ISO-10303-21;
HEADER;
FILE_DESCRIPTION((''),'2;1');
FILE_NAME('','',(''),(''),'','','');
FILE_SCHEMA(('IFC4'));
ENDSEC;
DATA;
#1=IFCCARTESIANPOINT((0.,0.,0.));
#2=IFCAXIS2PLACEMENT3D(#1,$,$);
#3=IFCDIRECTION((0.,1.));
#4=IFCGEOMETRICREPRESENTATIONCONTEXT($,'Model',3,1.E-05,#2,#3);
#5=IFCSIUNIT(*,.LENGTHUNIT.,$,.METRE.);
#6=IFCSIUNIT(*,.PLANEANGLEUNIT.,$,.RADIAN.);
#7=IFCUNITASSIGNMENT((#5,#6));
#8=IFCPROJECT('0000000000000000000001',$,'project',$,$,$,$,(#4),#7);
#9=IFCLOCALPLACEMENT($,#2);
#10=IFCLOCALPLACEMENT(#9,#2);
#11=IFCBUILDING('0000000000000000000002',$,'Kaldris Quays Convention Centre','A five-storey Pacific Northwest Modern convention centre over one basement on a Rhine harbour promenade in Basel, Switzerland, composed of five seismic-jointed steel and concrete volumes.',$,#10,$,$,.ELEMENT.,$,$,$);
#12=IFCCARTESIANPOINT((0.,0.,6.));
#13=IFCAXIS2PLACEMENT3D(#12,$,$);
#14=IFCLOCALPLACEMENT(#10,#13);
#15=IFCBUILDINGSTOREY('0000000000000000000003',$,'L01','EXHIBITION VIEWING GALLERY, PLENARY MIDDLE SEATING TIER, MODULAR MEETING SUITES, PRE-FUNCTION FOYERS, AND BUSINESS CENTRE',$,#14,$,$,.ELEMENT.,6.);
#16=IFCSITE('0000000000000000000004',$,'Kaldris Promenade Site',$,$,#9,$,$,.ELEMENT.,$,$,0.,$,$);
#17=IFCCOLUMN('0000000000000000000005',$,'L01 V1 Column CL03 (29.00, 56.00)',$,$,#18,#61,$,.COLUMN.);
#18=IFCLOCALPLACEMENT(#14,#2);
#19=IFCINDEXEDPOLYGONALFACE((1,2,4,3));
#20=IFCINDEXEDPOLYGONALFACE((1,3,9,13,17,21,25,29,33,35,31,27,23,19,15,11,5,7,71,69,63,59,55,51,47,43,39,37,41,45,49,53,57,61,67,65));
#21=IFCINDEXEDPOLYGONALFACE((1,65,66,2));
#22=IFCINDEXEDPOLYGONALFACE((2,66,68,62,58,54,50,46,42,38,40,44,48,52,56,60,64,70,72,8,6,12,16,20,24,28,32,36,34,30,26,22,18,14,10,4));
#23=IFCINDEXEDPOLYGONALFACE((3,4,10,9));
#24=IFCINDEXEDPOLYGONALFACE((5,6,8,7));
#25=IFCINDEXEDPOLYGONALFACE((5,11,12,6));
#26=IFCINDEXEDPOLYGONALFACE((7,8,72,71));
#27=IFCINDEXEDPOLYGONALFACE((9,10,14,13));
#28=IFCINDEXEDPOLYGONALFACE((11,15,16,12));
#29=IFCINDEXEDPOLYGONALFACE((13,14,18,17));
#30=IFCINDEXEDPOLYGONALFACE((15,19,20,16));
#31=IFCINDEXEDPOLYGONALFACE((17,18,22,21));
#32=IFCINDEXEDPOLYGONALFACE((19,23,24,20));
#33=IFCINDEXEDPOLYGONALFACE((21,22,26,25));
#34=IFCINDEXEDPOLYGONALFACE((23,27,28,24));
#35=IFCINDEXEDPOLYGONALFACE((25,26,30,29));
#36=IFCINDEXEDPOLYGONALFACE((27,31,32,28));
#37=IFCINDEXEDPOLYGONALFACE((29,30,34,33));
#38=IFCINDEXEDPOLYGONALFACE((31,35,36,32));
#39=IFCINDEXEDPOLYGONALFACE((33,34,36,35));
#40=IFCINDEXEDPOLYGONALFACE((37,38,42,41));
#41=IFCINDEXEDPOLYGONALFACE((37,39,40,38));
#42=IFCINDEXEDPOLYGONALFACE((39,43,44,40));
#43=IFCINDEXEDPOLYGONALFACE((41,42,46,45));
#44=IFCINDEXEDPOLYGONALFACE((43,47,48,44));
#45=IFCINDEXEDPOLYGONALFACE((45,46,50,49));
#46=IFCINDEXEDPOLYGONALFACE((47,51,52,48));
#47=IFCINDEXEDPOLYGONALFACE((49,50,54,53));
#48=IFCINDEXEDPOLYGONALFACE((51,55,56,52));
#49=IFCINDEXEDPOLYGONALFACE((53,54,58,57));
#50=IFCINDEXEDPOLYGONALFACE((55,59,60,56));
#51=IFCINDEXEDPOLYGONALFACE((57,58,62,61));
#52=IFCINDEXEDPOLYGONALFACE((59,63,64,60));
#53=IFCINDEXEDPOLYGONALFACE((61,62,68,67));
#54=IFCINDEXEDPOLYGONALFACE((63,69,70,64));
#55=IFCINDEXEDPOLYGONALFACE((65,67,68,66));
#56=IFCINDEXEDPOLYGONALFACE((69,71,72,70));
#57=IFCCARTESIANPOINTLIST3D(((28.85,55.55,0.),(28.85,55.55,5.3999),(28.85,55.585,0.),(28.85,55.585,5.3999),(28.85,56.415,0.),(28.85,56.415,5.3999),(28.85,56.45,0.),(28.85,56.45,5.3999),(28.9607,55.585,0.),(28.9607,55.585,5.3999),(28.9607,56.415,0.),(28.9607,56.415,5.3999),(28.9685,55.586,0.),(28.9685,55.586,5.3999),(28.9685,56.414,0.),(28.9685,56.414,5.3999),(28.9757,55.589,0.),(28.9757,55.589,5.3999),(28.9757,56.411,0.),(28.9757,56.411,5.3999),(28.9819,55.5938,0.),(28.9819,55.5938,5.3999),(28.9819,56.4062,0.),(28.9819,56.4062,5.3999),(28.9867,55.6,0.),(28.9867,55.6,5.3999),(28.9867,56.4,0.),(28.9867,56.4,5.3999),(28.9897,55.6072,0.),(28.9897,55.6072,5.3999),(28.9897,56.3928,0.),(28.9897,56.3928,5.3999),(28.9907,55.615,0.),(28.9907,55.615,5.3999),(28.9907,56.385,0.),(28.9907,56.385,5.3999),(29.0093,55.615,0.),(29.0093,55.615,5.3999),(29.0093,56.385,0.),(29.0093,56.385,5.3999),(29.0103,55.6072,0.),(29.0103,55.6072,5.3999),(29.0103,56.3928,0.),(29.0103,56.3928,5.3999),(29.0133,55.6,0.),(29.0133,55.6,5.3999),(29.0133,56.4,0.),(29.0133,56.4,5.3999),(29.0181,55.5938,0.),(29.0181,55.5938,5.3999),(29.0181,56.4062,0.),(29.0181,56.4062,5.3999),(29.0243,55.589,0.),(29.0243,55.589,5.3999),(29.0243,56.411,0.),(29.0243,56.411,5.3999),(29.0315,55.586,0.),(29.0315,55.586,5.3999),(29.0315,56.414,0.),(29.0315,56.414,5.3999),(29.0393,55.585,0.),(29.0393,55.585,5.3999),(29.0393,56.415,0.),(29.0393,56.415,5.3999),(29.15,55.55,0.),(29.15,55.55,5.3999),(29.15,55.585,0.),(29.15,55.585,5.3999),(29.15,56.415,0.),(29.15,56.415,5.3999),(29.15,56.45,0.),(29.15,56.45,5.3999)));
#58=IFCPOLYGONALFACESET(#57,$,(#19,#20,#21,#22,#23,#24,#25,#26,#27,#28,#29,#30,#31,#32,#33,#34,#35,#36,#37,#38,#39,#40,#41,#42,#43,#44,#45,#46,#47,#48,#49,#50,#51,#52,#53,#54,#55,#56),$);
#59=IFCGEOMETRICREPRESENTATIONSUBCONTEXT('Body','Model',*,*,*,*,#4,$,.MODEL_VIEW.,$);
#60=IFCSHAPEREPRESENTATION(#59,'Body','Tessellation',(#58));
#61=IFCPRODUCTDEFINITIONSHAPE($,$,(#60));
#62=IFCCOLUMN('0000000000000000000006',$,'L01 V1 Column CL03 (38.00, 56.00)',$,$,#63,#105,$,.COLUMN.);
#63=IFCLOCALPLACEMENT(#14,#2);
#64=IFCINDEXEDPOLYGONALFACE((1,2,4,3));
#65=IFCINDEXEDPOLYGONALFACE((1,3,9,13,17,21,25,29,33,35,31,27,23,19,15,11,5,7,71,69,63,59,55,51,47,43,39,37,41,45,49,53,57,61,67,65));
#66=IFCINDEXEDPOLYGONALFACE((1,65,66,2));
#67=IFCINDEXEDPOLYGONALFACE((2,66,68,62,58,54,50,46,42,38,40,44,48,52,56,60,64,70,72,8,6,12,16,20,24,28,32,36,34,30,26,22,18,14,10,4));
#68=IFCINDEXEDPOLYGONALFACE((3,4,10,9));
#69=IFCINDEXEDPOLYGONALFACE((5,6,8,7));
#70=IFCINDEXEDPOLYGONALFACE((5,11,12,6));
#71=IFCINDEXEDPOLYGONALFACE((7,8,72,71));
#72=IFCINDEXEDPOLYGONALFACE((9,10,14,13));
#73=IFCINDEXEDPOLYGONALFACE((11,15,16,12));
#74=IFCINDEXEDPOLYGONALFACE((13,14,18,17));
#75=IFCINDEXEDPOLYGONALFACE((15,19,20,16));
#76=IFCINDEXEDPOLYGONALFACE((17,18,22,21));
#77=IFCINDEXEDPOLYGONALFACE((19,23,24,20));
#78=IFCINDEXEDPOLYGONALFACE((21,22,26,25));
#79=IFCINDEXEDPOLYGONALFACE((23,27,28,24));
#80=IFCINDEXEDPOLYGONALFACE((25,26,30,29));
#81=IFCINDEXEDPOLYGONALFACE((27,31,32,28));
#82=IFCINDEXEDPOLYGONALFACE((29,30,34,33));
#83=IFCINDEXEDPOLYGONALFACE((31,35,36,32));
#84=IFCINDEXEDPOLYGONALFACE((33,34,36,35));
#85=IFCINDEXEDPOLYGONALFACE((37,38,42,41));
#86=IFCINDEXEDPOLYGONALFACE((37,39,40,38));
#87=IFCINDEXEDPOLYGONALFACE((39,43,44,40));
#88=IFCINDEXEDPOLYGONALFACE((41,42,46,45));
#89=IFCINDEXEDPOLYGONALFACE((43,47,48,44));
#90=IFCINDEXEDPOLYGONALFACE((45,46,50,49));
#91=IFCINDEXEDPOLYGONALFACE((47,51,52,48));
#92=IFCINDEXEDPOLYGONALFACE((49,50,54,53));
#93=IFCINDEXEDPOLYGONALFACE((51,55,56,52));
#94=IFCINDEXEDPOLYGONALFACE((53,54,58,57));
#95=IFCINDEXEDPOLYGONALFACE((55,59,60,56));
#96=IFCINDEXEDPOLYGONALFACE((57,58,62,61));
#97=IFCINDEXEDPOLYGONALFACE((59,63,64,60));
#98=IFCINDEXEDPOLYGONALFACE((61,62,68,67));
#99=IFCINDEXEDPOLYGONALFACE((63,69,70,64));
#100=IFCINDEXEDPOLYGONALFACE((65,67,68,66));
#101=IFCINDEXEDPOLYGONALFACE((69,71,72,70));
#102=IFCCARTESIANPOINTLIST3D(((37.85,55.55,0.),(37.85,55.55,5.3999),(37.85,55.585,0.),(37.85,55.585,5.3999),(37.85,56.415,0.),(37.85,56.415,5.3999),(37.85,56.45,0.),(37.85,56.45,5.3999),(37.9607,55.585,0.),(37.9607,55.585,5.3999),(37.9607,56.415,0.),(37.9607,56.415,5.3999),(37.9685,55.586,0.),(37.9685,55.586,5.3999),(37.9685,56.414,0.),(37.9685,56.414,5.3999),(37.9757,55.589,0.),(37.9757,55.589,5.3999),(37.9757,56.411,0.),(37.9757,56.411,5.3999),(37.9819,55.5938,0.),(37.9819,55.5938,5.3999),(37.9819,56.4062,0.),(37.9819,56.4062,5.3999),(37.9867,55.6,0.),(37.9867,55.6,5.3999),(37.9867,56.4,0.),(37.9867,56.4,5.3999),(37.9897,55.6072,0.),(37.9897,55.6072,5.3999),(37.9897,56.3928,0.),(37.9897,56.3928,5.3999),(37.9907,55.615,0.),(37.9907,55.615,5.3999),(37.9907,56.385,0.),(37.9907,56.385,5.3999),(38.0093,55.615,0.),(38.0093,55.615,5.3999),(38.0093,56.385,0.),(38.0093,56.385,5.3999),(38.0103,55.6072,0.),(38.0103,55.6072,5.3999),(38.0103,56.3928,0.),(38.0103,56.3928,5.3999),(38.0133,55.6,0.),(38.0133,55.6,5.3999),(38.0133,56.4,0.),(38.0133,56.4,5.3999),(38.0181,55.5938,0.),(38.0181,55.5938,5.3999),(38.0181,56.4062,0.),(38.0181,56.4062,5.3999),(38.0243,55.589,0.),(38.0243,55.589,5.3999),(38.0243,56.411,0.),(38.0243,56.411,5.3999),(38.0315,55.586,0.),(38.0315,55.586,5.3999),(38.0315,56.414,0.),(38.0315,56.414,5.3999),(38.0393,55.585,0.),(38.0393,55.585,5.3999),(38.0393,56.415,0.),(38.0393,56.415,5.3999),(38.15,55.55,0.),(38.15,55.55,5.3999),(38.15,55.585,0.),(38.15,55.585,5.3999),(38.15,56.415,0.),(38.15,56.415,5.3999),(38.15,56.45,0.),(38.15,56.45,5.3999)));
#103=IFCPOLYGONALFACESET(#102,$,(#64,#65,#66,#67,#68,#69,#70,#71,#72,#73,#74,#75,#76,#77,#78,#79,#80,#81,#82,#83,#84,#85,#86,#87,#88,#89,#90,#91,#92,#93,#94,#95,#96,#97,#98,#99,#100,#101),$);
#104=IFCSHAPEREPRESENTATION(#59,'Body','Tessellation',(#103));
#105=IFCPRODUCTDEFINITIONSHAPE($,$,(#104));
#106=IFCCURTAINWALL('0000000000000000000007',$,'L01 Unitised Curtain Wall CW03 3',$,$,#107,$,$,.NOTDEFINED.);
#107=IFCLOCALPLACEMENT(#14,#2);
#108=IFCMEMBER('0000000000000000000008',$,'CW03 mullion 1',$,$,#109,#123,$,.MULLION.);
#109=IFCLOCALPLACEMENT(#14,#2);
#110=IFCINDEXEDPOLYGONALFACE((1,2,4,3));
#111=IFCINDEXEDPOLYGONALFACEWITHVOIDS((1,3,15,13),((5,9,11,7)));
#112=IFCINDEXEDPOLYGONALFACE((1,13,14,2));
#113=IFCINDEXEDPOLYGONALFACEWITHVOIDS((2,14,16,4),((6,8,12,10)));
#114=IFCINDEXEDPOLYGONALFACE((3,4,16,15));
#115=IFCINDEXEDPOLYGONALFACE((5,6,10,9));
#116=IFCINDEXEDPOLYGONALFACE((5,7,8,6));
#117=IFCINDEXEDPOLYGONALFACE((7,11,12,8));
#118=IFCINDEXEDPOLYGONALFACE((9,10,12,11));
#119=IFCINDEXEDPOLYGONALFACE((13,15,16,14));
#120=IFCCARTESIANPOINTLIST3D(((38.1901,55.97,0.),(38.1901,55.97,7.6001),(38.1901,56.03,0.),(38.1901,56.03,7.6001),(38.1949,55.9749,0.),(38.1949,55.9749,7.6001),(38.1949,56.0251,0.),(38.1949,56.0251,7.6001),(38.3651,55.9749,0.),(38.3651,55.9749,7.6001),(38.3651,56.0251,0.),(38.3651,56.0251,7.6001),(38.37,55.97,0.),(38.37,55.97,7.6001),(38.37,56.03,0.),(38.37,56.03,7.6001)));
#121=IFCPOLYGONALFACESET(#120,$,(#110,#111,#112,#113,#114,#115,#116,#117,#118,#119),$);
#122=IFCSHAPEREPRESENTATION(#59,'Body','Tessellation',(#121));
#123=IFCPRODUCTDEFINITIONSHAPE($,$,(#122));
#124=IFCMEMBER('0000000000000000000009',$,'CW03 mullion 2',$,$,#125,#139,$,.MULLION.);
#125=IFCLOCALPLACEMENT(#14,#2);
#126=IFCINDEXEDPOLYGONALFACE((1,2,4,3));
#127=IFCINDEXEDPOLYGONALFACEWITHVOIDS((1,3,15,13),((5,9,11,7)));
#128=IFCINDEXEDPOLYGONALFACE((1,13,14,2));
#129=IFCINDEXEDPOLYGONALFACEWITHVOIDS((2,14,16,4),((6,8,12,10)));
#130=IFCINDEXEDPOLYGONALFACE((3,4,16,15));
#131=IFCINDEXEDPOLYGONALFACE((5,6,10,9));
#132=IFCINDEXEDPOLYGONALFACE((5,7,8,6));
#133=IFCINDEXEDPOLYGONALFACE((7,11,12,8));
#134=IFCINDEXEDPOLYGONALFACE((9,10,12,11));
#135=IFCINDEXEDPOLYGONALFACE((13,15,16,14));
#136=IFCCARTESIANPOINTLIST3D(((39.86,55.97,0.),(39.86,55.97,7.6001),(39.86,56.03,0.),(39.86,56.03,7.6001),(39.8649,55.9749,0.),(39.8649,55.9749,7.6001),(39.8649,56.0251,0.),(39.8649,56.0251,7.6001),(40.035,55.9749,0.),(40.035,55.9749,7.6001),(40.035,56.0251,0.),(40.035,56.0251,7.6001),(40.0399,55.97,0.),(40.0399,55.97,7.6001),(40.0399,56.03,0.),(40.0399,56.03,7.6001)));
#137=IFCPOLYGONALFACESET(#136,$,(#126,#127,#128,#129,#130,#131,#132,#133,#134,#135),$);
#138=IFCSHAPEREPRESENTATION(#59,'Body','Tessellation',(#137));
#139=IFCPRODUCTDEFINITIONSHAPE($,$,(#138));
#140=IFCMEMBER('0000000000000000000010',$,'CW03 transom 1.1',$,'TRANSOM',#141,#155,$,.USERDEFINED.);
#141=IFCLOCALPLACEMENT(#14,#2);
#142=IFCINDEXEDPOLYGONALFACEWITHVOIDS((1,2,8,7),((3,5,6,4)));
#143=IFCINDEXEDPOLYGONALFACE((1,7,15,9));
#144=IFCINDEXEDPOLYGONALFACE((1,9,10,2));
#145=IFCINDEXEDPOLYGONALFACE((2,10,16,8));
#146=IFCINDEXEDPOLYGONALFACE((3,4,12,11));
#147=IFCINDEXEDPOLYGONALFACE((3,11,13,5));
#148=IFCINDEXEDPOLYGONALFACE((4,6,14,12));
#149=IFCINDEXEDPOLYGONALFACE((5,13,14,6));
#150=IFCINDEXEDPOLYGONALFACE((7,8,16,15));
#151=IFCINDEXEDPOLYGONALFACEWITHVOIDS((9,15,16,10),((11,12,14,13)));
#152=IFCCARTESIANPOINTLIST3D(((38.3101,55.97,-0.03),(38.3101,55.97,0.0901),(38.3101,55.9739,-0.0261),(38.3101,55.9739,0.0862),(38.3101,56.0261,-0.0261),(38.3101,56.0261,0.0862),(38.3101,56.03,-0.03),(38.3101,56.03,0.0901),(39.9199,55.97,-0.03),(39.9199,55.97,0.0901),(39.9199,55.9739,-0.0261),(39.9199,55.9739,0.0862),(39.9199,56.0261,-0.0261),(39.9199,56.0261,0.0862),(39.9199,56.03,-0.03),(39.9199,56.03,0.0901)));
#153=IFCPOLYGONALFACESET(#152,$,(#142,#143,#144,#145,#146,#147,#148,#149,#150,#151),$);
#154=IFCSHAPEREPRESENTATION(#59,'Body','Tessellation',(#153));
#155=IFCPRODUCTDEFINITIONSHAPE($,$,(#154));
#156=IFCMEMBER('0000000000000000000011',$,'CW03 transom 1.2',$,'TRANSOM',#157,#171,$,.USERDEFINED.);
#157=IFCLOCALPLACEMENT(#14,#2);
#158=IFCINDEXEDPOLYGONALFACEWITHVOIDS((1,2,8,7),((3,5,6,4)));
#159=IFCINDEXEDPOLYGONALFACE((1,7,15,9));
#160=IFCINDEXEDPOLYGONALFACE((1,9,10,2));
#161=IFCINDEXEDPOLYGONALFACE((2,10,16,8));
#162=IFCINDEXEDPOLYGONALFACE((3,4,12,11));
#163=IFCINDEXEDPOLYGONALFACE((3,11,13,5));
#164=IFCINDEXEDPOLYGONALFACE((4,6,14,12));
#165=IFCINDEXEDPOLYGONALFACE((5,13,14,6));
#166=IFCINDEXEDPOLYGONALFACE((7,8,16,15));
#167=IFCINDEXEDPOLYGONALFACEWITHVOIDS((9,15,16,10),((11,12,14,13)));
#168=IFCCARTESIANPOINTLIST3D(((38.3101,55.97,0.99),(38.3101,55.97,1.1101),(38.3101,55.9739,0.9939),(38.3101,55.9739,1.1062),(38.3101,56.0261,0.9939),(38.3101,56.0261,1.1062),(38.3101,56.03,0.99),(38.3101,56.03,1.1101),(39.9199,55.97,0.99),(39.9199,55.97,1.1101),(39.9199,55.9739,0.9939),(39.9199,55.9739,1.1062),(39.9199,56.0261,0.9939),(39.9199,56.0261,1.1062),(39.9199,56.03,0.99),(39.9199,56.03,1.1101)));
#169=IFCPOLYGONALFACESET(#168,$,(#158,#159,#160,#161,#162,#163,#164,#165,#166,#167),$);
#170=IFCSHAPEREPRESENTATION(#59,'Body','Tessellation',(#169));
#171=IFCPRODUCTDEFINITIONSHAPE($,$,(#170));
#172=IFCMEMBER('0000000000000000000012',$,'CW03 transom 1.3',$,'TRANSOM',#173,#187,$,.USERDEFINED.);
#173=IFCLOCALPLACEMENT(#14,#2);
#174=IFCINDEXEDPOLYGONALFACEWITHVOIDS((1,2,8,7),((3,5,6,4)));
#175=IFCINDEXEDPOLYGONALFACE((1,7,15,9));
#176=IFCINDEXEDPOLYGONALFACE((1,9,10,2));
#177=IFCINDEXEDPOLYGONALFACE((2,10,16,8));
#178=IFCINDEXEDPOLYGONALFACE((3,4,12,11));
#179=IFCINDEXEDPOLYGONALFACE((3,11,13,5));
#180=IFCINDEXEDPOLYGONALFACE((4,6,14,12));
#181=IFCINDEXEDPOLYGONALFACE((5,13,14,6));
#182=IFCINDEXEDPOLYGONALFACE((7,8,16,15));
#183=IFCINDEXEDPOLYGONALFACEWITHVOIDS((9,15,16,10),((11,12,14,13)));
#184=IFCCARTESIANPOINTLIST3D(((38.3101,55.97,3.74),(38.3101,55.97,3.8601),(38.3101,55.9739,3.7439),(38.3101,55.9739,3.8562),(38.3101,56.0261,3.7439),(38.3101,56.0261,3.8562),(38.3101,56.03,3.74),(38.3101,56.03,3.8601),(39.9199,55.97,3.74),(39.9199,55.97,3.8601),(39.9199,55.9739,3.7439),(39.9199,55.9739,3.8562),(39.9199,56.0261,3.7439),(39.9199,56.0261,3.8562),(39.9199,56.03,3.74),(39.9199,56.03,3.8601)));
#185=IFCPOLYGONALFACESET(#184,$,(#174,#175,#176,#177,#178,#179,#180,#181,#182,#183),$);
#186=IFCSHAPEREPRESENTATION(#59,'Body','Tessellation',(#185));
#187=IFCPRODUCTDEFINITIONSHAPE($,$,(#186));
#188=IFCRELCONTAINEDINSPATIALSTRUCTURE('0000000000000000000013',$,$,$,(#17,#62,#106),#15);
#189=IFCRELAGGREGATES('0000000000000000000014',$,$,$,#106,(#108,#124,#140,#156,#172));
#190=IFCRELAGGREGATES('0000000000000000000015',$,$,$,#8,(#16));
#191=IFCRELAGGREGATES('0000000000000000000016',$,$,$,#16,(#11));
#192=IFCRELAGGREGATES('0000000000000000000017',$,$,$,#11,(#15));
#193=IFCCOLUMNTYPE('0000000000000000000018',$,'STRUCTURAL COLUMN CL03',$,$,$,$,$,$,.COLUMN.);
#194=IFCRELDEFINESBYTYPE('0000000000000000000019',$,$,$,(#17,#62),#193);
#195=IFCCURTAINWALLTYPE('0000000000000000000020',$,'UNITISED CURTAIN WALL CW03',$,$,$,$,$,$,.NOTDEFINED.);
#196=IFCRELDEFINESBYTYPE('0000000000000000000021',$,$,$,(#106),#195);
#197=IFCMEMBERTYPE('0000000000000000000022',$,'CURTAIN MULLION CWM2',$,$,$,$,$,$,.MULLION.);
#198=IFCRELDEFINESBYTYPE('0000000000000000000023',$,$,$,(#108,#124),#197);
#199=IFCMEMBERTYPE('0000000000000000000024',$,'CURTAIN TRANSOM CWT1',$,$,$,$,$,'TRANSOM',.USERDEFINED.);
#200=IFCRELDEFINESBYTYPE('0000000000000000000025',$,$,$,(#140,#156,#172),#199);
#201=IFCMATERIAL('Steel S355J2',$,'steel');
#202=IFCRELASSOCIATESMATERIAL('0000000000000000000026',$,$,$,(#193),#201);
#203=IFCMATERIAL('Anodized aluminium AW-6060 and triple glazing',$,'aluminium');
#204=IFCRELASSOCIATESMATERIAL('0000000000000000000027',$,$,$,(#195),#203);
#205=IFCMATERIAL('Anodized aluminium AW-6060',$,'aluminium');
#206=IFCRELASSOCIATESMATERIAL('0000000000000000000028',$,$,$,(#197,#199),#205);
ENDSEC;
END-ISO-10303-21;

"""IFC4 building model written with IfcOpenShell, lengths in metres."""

from ifc_helpers import new_model, si_unit, direction, frame, origin, origin_2d, place, context, subcontext, project, spatial, hollow_rectangle, i_section, extrude, material, material_profile, profile_set, type_object, element, aggregate, save


model = new_model("IFC4")

# Units and contexts
model_context = context("Model", 3, precision=1e-05, world=origin(), true_north=direction((0.0, 1.0)))
body_context = subcontext(model_context, "Body", "Model", "MODEL_VIEW")
ifc_project = project(units=[si_unit("LENGTHUNIT", "METRE"), si_unit("PLANEANGLEUNIT", "RADIAN")], contexts=[model_context])

# Site, building, storey
site_placement = place(None, origin())
site = spatial("IfcSite", under=ifc_project, at=site_placement, Name="Kaldris Promenade Site", CompositionType="ELEMENT", RefElevation=0.0)
building_placement = place(site_placement, origin())
building = spatial("IfcBuilding", under=site, at=building_placement, Name="Kaldris Quays Convention Centre", Description="A five-storey Pacific Northwest Modern convention centre over one basement on a Rhine harbour promenade in Basel, Switzerland, composed of five seismic-jointed steel and concrete volumes.", CompositionType="ELEMENT")
storey_placement = place(building_placement, frame((0.0, 0.0, 6.0)))
storey = spatial("IfcBuildingStorey", under=building, at=storey_placement, Name="L01", Description="EXHIBITION VIEWING GALLERY, PLENARY MIDDLE SEATING TIER, MODULAR MEETING SUITES, PRE-FUNCTION FOYERS, AND BUSINESS CENTRE", CompositionType="ELEMENT", Elevation=6.0)

# Columns
ifc_material_1 = material(Name="Steel S355J2", Category="steel")
ifc_material_profile_1 = material_profile(ifc_material_1, i_section(OverallWidth=0.3, OverallDepth=0.8999, WebThickness=0.0186, FlangeThickness=0.0349, FilletRadius=0.03, at=origin_2d()), Name="HEB 900")
ifc_profile_set_1 = profile_set([ifc_material_profile_1], Name="Steel S355J2")
column_type = type_object("IfcColumnType", Name="STRUCTURAL COLUMN CL03", PredefinedType="COLUMN", material=ifc_profile_set_1)
for number, where, z_axis, x_axis, name in (
    (1, (29.0, 56.0, 0.0), (0.0, 0.0, 1.0), (1.0, 0.0, 0.0), "L01 V1 Column CL03 (29.00, 56.00)"),
    (2, (38.0, 56.0, 0.0), (0.0, 0.0, 1.0), (1.0, 0.0, 0.0), "L01 V1 Column CL03 (38.00, 56.00)"),
):
    element("IfcColumn", number, at=place(storey_placement, frame(where, z_axis=z_axis, x_axis=x_axis)), inside=storey, type_object=column_type, Name=name, PredefinedType="COLUMN", context=body_context, shape_type="SweptSolid", body=[
        extrude(i_section(OverallWidth=0.3, OverallDepth=0.8999, WebThickness=0.0186, FlangeThickness=0.0349, FilletRadius=0.03, at=origin_2d()), origin(), (0.0, 0.0, 1.0), 5.3999),
    ])

# Curtain wall, members
ifc_material_2 = material(Name="Anodized aluminium AW-6060 and triple glazing", Category="aluminium")
curtain_wall_type = type_object("IfcCurtainWallType", Name="UNITISED CURTAIN WALL CW03", PredefinedType="NOTDEFINED", material=ifc_material_2)
curtain_wall_placement = place(storey_placement, origin())
curtain_wall = element("IfcCurtainWall", 3, at=curtain_wall_placement, inside=storey, type_object=curtain_wall_type, Name="L01 Unitised Curtain Wall CW03 3", PredefinedType="NOTDEFINED")
ifc_material_3 = material(Name="Anodized aluminium AW-6060", Category="aluminium")
ifc_material_profile_2 = material_profile(ifc_material_3, hollow_rectangle(XDim=0.0601, YDim=0.1799, WallThickness=0.0049, at=origin_2d()), Name="RHS 180x60x5")
ifc_profile_set_2 = profile_set([ifc_material_profile_2], Name="Anodized aluminium AW-6060")
member_type_1 = type_object("IfcMemberType", Name="CURTAIN MULLION CWM2", PredefinedType="MULLION", material=ifc_profile_set_2)
member_1_placement = place(storey_placement, frame((38.28, 56.0, 0.0), z_axis=(0.0, 0.0, 1.0), x_axis=(0.0, 1.0, 0.0)))
member_1 = element("IfcMember", 4, at=member_1_placement, type_object=member_type_1, Name="CW03 mullion 1", PredefinedType="MULLION", context=body_context, shape_type="SweptSolid", body=[
    extrude(hollow_rectangle(XDim=0.0601, YDim=0.1799, WallThickness=0.0049, at=origin_2d()), origin(), (0.0, 0.0, 1.0), 7.6001),
])
member_2_placement = place(storey_placement, frame((39.95, 56.0, 0.0), z_axis=(0.0, 0.0, 1.0), x_axis=(0.0, 1.0, 0.0)))
member_2 = element("IfcMember", 5, at=member_2_placement, type_object=member_type_1, Name="CW03 mullion 2", PredefinedType="MULLION", context=body_context, shape_type="SweptSolid", body=[
    extrude(hollow_rectangle(XDim=0.0601, YDim=0.1799, WallThickness=0.0049, at=origin_2d()), origin(), (0.0, 0.0, 1.0), 7.6001),
])
ifc_material_profile_3 = material_profile(ifc_material_3, hollow_rectangle(XDim=0.0601, YDim=0.1201, WallThickness=0.0039, at=origin_2d()), Name="RHS 120x60x4")
ifc_profile_set_3 = profile_set([ifc_material_profile_3], Name="Anodized aluminium AW-6060")
member_type_2 = type_object("IfcMemberType", Name="CURTAIN TRANSOM CWT1", ElementType="TRANSOM", PredefinedType="USERDEFINED", material=ifc_profile_set_3)
member_3_placement = place(storey_placement, frame((38.3101, 56.0, 0.03), z_axis=(1.0, 0.0, 0.0), x_axis=(0.0, 1.0, 0.0)))
member_3 = element("IfcMember", 6, at=member_3_placement, type_object=member_type_2, Name="CW03 transom 1.1", ObjectType="TRANSOM", PredefinedType="USERDEFINED", context=body_context, shape_type="SweptSolid", body=[
    extrude(hollow_rectangle(XDim=0.0601, YDim=0.1201, WallThickness=0.0039, at=origin_2d()), origin(), (0.0, 0.0, 1.0), 1.6099),
])
member_4_placement = place(storey_placement, frame((38.3101, 56.0, 1.05), z_axis=(1.0, 0.0, 0.0), x_axis=(0.0, 1.0, 0.0)))
member_4 = element("IfcMember", 7, at=member_4_placement, type_object=member_type_2, Name="CW03 transom 1.2", ObjectType="TRANSOM", PredefinedType="USERDEFINED", context=body_context, shape_type="SweptSolid", body=[
    extrude(hollow_rectangle(XDim=0.0601, YDim=0.1201, WallThickness=0.0039, at=origin_2d()), origin(), (0.0, 0.0, 1.0), 1.6099),
])
member_5_placement = place(storey_placement, frame((38.3101, 56.0, 3.8), z_axis=(1.0, 0.0, 0.0), x_axis=(0.0, 1.0, 0.0)))
member_5 = element("IfcMember", 8, at=member_5_placement, type_object=member_type_2, Name="CW03 transom 1.3", ObjectType="TRANSOM", PredefinedType="USERDEFINED", context=body_context, shape_type="SweptSolid", body=[
    extrude(hollow_rectangle(XDim=0.0601, YDim=0.1201, WallThickness=0.0039, at=origin_2d()), origin(), (0.0, 0.0, 1.0), 1.6099),
])
aggregate(curtain_wall, [member_1, member_2, member_3, member_4, member_5])

save(model, "model.ifc")
